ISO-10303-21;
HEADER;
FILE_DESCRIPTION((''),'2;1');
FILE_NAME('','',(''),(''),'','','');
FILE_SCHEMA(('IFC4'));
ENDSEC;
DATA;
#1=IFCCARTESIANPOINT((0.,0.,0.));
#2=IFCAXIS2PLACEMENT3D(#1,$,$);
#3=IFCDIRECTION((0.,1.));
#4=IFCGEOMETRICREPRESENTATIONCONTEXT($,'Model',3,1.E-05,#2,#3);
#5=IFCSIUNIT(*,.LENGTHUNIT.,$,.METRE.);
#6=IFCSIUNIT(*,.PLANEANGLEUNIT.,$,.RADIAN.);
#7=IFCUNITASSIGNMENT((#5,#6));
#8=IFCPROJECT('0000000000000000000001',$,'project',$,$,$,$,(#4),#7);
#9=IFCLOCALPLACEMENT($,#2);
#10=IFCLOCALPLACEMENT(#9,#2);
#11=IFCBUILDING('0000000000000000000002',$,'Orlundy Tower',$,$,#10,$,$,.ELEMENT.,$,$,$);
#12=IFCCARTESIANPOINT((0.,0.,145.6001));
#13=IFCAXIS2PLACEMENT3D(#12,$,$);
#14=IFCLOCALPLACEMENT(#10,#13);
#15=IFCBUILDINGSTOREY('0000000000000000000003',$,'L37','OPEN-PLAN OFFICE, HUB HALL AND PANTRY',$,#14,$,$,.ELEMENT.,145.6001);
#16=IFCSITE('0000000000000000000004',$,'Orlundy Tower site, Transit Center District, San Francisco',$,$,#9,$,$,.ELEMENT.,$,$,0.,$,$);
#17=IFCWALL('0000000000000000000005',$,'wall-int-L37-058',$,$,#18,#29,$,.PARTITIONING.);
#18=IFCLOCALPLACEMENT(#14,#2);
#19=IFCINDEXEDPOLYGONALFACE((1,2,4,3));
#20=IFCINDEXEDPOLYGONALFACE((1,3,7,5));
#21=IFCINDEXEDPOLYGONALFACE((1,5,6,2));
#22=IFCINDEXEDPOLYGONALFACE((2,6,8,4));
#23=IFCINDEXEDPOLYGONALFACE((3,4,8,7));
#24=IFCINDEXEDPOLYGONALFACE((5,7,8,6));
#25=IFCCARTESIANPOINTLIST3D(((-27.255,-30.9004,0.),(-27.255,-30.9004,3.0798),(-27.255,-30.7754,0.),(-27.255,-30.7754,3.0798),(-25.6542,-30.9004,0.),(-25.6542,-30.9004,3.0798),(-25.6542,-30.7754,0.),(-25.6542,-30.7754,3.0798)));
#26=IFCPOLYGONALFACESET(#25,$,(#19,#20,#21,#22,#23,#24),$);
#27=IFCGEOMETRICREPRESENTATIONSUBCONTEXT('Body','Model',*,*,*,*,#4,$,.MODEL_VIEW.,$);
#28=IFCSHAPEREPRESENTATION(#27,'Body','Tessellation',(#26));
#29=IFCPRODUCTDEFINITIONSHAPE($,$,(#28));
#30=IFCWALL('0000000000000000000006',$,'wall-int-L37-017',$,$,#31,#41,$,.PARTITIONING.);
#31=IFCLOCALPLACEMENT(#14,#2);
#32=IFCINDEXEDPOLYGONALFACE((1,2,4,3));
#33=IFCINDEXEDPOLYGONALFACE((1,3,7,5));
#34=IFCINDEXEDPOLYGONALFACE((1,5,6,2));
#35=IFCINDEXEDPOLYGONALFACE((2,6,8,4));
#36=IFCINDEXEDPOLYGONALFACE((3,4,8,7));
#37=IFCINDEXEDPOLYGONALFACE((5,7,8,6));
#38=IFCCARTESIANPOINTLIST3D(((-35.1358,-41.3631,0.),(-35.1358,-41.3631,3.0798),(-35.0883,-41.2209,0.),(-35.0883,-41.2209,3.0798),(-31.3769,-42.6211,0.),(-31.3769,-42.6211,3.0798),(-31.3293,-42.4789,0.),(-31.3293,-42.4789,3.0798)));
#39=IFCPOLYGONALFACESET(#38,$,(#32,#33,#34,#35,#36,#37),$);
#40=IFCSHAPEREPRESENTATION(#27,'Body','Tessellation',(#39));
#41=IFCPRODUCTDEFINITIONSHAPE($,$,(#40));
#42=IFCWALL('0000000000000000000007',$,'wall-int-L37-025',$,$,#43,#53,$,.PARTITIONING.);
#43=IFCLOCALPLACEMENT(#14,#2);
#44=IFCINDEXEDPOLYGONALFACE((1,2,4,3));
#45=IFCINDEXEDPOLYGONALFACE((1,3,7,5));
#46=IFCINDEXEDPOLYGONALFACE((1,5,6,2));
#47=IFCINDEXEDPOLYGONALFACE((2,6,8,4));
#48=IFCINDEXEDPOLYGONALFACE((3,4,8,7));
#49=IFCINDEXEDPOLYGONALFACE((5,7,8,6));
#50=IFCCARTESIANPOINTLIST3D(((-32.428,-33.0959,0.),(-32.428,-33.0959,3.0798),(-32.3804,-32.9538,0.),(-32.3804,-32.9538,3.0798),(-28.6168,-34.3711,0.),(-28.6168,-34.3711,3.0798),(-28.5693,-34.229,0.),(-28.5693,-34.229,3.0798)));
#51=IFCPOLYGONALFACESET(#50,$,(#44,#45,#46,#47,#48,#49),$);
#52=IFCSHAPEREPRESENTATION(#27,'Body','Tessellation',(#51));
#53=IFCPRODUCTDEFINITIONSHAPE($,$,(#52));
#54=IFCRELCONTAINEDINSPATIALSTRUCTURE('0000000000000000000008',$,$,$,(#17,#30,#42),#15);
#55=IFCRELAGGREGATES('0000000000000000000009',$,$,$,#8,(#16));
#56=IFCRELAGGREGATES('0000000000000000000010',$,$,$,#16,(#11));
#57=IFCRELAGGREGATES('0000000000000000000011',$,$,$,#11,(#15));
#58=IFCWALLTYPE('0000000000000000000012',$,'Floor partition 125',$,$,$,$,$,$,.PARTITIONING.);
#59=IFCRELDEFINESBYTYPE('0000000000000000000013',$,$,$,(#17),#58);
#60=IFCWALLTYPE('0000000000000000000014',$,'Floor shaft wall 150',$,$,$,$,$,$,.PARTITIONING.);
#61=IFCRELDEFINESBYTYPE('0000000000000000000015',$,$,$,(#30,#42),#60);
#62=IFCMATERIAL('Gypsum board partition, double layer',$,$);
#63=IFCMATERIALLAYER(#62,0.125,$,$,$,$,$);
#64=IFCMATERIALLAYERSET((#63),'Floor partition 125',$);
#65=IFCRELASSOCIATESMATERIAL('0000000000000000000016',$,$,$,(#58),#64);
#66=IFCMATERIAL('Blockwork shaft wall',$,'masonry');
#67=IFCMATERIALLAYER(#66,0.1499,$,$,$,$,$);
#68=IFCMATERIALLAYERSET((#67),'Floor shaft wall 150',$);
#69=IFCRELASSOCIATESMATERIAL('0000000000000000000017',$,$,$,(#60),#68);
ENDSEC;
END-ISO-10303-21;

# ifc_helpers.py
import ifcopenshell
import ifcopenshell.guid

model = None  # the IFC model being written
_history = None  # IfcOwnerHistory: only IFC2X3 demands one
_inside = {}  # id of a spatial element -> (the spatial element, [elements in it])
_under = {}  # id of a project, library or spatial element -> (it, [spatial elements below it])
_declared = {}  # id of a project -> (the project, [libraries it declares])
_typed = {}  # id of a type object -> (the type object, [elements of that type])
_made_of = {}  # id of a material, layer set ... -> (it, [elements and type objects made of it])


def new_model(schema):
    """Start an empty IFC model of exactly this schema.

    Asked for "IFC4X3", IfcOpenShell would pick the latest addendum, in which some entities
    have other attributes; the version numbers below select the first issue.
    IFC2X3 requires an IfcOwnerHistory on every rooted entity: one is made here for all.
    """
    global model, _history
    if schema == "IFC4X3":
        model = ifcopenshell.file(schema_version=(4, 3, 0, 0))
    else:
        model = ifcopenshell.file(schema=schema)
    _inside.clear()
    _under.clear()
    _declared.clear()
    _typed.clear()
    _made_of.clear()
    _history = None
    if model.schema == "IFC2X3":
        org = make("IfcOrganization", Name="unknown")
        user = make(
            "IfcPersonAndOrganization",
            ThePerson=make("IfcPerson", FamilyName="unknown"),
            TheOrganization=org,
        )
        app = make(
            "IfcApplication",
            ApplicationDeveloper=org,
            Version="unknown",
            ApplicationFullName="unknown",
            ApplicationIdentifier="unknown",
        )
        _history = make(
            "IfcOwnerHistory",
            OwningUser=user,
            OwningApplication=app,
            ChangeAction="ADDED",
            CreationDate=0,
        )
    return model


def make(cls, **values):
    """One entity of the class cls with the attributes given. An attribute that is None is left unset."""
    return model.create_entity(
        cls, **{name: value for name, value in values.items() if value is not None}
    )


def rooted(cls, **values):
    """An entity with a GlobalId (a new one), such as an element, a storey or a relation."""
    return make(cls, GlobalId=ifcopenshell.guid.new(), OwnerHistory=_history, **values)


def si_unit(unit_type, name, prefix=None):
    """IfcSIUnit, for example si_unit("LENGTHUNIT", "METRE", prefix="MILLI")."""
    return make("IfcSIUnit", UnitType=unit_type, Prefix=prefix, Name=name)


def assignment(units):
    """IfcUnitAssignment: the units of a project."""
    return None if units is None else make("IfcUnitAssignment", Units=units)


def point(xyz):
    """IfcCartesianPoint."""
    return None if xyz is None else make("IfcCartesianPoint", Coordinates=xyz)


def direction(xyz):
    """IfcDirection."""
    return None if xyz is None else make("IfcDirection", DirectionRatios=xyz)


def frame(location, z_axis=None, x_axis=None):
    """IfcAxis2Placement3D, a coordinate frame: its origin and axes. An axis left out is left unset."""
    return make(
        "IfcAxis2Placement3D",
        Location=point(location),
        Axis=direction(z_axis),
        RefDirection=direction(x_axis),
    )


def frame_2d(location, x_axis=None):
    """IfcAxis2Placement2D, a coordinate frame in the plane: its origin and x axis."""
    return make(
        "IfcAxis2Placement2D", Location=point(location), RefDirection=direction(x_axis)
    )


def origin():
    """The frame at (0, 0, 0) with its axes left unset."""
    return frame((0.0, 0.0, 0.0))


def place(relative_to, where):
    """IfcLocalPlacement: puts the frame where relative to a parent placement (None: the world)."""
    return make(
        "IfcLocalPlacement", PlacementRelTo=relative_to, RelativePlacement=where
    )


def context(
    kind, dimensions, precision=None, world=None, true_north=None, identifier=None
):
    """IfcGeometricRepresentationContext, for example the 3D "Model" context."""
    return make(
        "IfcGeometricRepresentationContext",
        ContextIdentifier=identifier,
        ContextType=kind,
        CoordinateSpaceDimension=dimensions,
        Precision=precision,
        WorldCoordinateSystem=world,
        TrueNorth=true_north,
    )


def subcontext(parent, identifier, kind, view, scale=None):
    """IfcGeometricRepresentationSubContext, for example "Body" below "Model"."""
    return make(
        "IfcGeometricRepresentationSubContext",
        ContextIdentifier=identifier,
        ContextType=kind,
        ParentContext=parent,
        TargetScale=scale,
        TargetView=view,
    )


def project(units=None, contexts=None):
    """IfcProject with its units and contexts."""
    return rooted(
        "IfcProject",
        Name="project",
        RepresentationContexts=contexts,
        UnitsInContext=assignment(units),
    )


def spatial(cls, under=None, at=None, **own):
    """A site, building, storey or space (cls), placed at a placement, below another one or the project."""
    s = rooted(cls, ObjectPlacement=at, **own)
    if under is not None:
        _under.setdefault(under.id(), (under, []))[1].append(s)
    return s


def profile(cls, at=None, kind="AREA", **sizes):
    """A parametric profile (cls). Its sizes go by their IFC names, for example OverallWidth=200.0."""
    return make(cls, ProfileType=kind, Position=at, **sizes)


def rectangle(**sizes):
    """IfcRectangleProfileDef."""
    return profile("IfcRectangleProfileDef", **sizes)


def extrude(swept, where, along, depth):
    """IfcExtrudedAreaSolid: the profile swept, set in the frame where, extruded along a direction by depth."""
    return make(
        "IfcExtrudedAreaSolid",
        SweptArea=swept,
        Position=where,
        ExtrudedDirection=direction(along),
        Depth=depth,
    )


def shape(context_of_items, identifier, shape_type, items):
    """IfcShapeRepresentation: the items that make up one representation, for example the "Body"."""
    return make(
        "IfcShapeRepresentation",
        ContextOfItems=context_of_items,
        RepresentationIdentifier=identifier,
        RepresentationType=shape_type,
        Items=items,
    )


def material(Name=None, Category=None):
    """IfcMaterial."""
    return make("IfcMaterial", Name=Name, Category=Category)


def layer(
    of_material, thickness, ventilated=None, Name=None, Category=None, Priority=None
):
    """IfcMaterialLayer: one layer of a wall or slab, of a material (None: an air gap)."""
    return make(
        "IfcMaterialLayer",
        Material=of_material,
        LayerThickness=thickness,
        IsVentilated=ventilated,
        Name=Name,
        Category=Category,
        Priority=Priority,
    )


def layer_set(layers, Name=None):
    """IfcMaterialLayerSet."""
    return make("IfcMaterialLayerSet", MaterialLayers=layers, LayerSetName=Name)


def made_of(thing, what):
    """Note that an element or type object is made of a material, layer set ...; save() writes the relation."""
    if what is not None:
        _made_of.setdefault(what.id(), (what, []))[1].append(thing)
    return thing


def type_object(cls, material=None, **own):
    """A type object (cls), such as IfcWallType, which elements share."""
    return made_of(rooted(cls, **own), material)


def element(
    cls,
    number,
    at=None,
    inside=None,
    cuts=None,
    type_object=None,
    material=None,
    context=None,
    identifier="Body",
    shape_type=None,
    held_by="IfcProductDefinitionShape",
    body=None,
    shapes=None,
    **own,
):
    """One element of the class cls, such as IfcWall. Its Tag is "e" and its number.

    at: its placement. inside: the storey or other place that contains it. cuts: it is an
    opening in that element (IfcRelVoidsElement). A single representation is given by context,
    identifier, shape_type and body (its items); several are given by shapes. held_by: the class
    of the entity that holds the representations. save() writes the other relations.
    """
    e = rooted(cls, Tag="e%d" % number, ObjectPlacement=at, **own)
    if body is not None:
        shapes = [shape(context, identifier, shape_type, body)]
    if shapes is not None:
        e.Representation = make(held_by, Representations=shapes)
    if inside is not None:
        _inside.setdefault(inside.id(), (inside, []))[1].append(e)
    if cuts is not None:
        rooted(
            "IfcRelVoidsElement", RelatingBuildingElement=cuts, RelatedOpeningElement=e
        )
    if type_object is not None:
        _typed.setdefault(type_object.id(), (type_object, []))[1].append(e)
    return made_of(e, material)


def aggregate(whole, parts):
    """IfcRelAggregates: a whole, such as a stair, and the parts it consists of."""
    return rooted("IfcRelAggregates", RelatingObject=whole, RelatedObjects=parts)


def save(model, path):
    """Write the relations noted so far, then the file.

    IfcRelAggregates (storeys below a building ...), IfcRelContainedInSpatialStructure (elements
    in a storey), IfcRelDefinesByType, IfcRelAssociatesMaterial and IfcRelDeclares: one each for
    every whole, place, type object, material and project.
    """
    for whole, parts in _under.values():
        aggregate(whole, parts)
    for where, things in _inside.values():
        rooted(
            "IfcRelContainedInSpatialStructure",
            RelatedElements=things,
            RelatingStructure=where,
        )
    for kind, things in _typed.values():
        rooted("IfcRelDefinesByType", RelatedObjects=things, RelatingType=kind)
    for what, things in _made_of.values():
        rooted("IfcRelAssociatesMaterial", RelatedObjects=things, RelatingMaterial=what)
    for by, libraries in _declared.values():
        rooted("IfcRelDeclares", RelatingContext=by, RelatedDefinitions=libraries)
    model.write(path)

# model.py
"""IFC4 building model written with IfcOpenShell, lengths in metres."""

from ifc_helpers import new_model, si_unit, direction, frame, frame_2d, origin, place, context, subcontext, project, spatial, rectangle, extrude, material, layer, layer_set, type_object, element, save


model = new_model("IFC4")

# Units and contexts
model_context = context("Model", 3, precision=1e-05, world=origin(), true_north=direction((0.0, 1.0)))
body_context = subcontext(model_context, "Body", "Model", "MODEL_VIEW")
ifc_project = project(units=[si_unit("LENGTHUNIT", "METRE"), si_unit("PLANEANGLEUNIT", "RADIAN")], contexts=[model_context])

# Site, building, storey
site_placement = place(None, origin())
site = spatial("IfcSite", under=ifc_project, at=site_placement, Name="Orlundy Tower site, Transit Center District, San Francisco", CompositionType="ELEMENT", RefElevation=0.0)
building_placement = place(site_placement, origin())
building = spatial("IfcBuilding", under=site, at=building_placement, Name="Orlundy Tower", CompositionType="ELEMENT")
storey_placement = place(building_placement, frame((0.0, 0.0, 145.6001)))
storey = spatial("IfcBuildingStorey", under=building, at=storey_placement, Name="L37", Description="OPEN-PLAN OFFICE, HUB HALL AND PANTRY", CompositionType="ELEMENT", Elevation=145.6001)

# Shared definitions
ifc_material_1 = material(Name="Gypsum board partition, double layer")
ifc_layer_1 = layer(ifc_material_1, 0.125)
ifc_layer_set_1 = layer_set([ifc_layer_1], Name="Floor partition 125")
wall_type_1 = type_object("IfcWallType", Name="Floor partition 125", PredefinedType="PARTITIONING", material=ifc_layer_set_1)

# Walls
wall_1_placement = place(storey_placement, frame((-27.2549, -30.8379, 0.0), z_axis=(0.0, 0.0, 1.0), x_axis=(1.0, 0.0, 0.0)))
element("IfcWall", 1, at=wall_1_placement, inside=storey, type_object=wall_type_1, Name="wall-int-L37-058", PredefinedType="PARTITIONING", context=body_context, shape_type="SweptSolid", body=[
    extrude(rectangle(XDim=1.6008, YDim=0.125, at=frame_2d((0.8003, 0.0))), origin(), (0.0, 0.0, 1.0), 3.0798),
])
ifc_material_2 = material(Name="Blockwork shaft wall", Category="masonry")
ifc_layer_2 = layer(ifc_material_2, 0.1499)
ifc_layer_set_2 = layer_set([ifc_layer_2], Name="Floor shaft wall 150")
wall_type_2 = type_object("IfcWallType", Name="Floor shaft wall 150", PredefinedType="PARTITIONING", material=ifc_layer_set_2)
wall_2_placement = place(storey_placement, frame((-35.1121, -41.292, 0.0), z_axis=(0.0, 0.0, 1.0), x_axis=(0.948301, -0.317373, 0.0)))
element("IfcWall", 2, at=wall_2_placement, inside=storey, type_object=wall_type_2, Name="wall-int-L37-017", PredefinedType="PARTITIONING", context=body_context, shape_type="SweptSolid", body=[
    extrude(rectangle(XDim=3.9639, YDim=0.1499, at=frame_2d((1.9819, 0.0))), origin(), (0.0, 0.0, 1.0), 3.0798),
])
wall_3_placement = place(storey_placement, frame((-32.4041, -33.0249, 0.0), z_axis=(0.0, 0.0, 1.0), x_axis=(0.948324, -0.317303, 0.0)))
element("IfcWall", 3, at=wall_3_placement, inside=storey, type_object=wall_type_2, Name="wall-int-L37-025", PredefinedType="PARTITIONING", context=body_context, shape_type="SweptSolid", body=[
    extrude(rectangle(XDim=4.0188, YDim=0.1499, at=frame_2d((2.0093, 0.0))), origin(), (0.0, 0.0, 1.0), 3.0798),
])

save(model, "model.ifc")
